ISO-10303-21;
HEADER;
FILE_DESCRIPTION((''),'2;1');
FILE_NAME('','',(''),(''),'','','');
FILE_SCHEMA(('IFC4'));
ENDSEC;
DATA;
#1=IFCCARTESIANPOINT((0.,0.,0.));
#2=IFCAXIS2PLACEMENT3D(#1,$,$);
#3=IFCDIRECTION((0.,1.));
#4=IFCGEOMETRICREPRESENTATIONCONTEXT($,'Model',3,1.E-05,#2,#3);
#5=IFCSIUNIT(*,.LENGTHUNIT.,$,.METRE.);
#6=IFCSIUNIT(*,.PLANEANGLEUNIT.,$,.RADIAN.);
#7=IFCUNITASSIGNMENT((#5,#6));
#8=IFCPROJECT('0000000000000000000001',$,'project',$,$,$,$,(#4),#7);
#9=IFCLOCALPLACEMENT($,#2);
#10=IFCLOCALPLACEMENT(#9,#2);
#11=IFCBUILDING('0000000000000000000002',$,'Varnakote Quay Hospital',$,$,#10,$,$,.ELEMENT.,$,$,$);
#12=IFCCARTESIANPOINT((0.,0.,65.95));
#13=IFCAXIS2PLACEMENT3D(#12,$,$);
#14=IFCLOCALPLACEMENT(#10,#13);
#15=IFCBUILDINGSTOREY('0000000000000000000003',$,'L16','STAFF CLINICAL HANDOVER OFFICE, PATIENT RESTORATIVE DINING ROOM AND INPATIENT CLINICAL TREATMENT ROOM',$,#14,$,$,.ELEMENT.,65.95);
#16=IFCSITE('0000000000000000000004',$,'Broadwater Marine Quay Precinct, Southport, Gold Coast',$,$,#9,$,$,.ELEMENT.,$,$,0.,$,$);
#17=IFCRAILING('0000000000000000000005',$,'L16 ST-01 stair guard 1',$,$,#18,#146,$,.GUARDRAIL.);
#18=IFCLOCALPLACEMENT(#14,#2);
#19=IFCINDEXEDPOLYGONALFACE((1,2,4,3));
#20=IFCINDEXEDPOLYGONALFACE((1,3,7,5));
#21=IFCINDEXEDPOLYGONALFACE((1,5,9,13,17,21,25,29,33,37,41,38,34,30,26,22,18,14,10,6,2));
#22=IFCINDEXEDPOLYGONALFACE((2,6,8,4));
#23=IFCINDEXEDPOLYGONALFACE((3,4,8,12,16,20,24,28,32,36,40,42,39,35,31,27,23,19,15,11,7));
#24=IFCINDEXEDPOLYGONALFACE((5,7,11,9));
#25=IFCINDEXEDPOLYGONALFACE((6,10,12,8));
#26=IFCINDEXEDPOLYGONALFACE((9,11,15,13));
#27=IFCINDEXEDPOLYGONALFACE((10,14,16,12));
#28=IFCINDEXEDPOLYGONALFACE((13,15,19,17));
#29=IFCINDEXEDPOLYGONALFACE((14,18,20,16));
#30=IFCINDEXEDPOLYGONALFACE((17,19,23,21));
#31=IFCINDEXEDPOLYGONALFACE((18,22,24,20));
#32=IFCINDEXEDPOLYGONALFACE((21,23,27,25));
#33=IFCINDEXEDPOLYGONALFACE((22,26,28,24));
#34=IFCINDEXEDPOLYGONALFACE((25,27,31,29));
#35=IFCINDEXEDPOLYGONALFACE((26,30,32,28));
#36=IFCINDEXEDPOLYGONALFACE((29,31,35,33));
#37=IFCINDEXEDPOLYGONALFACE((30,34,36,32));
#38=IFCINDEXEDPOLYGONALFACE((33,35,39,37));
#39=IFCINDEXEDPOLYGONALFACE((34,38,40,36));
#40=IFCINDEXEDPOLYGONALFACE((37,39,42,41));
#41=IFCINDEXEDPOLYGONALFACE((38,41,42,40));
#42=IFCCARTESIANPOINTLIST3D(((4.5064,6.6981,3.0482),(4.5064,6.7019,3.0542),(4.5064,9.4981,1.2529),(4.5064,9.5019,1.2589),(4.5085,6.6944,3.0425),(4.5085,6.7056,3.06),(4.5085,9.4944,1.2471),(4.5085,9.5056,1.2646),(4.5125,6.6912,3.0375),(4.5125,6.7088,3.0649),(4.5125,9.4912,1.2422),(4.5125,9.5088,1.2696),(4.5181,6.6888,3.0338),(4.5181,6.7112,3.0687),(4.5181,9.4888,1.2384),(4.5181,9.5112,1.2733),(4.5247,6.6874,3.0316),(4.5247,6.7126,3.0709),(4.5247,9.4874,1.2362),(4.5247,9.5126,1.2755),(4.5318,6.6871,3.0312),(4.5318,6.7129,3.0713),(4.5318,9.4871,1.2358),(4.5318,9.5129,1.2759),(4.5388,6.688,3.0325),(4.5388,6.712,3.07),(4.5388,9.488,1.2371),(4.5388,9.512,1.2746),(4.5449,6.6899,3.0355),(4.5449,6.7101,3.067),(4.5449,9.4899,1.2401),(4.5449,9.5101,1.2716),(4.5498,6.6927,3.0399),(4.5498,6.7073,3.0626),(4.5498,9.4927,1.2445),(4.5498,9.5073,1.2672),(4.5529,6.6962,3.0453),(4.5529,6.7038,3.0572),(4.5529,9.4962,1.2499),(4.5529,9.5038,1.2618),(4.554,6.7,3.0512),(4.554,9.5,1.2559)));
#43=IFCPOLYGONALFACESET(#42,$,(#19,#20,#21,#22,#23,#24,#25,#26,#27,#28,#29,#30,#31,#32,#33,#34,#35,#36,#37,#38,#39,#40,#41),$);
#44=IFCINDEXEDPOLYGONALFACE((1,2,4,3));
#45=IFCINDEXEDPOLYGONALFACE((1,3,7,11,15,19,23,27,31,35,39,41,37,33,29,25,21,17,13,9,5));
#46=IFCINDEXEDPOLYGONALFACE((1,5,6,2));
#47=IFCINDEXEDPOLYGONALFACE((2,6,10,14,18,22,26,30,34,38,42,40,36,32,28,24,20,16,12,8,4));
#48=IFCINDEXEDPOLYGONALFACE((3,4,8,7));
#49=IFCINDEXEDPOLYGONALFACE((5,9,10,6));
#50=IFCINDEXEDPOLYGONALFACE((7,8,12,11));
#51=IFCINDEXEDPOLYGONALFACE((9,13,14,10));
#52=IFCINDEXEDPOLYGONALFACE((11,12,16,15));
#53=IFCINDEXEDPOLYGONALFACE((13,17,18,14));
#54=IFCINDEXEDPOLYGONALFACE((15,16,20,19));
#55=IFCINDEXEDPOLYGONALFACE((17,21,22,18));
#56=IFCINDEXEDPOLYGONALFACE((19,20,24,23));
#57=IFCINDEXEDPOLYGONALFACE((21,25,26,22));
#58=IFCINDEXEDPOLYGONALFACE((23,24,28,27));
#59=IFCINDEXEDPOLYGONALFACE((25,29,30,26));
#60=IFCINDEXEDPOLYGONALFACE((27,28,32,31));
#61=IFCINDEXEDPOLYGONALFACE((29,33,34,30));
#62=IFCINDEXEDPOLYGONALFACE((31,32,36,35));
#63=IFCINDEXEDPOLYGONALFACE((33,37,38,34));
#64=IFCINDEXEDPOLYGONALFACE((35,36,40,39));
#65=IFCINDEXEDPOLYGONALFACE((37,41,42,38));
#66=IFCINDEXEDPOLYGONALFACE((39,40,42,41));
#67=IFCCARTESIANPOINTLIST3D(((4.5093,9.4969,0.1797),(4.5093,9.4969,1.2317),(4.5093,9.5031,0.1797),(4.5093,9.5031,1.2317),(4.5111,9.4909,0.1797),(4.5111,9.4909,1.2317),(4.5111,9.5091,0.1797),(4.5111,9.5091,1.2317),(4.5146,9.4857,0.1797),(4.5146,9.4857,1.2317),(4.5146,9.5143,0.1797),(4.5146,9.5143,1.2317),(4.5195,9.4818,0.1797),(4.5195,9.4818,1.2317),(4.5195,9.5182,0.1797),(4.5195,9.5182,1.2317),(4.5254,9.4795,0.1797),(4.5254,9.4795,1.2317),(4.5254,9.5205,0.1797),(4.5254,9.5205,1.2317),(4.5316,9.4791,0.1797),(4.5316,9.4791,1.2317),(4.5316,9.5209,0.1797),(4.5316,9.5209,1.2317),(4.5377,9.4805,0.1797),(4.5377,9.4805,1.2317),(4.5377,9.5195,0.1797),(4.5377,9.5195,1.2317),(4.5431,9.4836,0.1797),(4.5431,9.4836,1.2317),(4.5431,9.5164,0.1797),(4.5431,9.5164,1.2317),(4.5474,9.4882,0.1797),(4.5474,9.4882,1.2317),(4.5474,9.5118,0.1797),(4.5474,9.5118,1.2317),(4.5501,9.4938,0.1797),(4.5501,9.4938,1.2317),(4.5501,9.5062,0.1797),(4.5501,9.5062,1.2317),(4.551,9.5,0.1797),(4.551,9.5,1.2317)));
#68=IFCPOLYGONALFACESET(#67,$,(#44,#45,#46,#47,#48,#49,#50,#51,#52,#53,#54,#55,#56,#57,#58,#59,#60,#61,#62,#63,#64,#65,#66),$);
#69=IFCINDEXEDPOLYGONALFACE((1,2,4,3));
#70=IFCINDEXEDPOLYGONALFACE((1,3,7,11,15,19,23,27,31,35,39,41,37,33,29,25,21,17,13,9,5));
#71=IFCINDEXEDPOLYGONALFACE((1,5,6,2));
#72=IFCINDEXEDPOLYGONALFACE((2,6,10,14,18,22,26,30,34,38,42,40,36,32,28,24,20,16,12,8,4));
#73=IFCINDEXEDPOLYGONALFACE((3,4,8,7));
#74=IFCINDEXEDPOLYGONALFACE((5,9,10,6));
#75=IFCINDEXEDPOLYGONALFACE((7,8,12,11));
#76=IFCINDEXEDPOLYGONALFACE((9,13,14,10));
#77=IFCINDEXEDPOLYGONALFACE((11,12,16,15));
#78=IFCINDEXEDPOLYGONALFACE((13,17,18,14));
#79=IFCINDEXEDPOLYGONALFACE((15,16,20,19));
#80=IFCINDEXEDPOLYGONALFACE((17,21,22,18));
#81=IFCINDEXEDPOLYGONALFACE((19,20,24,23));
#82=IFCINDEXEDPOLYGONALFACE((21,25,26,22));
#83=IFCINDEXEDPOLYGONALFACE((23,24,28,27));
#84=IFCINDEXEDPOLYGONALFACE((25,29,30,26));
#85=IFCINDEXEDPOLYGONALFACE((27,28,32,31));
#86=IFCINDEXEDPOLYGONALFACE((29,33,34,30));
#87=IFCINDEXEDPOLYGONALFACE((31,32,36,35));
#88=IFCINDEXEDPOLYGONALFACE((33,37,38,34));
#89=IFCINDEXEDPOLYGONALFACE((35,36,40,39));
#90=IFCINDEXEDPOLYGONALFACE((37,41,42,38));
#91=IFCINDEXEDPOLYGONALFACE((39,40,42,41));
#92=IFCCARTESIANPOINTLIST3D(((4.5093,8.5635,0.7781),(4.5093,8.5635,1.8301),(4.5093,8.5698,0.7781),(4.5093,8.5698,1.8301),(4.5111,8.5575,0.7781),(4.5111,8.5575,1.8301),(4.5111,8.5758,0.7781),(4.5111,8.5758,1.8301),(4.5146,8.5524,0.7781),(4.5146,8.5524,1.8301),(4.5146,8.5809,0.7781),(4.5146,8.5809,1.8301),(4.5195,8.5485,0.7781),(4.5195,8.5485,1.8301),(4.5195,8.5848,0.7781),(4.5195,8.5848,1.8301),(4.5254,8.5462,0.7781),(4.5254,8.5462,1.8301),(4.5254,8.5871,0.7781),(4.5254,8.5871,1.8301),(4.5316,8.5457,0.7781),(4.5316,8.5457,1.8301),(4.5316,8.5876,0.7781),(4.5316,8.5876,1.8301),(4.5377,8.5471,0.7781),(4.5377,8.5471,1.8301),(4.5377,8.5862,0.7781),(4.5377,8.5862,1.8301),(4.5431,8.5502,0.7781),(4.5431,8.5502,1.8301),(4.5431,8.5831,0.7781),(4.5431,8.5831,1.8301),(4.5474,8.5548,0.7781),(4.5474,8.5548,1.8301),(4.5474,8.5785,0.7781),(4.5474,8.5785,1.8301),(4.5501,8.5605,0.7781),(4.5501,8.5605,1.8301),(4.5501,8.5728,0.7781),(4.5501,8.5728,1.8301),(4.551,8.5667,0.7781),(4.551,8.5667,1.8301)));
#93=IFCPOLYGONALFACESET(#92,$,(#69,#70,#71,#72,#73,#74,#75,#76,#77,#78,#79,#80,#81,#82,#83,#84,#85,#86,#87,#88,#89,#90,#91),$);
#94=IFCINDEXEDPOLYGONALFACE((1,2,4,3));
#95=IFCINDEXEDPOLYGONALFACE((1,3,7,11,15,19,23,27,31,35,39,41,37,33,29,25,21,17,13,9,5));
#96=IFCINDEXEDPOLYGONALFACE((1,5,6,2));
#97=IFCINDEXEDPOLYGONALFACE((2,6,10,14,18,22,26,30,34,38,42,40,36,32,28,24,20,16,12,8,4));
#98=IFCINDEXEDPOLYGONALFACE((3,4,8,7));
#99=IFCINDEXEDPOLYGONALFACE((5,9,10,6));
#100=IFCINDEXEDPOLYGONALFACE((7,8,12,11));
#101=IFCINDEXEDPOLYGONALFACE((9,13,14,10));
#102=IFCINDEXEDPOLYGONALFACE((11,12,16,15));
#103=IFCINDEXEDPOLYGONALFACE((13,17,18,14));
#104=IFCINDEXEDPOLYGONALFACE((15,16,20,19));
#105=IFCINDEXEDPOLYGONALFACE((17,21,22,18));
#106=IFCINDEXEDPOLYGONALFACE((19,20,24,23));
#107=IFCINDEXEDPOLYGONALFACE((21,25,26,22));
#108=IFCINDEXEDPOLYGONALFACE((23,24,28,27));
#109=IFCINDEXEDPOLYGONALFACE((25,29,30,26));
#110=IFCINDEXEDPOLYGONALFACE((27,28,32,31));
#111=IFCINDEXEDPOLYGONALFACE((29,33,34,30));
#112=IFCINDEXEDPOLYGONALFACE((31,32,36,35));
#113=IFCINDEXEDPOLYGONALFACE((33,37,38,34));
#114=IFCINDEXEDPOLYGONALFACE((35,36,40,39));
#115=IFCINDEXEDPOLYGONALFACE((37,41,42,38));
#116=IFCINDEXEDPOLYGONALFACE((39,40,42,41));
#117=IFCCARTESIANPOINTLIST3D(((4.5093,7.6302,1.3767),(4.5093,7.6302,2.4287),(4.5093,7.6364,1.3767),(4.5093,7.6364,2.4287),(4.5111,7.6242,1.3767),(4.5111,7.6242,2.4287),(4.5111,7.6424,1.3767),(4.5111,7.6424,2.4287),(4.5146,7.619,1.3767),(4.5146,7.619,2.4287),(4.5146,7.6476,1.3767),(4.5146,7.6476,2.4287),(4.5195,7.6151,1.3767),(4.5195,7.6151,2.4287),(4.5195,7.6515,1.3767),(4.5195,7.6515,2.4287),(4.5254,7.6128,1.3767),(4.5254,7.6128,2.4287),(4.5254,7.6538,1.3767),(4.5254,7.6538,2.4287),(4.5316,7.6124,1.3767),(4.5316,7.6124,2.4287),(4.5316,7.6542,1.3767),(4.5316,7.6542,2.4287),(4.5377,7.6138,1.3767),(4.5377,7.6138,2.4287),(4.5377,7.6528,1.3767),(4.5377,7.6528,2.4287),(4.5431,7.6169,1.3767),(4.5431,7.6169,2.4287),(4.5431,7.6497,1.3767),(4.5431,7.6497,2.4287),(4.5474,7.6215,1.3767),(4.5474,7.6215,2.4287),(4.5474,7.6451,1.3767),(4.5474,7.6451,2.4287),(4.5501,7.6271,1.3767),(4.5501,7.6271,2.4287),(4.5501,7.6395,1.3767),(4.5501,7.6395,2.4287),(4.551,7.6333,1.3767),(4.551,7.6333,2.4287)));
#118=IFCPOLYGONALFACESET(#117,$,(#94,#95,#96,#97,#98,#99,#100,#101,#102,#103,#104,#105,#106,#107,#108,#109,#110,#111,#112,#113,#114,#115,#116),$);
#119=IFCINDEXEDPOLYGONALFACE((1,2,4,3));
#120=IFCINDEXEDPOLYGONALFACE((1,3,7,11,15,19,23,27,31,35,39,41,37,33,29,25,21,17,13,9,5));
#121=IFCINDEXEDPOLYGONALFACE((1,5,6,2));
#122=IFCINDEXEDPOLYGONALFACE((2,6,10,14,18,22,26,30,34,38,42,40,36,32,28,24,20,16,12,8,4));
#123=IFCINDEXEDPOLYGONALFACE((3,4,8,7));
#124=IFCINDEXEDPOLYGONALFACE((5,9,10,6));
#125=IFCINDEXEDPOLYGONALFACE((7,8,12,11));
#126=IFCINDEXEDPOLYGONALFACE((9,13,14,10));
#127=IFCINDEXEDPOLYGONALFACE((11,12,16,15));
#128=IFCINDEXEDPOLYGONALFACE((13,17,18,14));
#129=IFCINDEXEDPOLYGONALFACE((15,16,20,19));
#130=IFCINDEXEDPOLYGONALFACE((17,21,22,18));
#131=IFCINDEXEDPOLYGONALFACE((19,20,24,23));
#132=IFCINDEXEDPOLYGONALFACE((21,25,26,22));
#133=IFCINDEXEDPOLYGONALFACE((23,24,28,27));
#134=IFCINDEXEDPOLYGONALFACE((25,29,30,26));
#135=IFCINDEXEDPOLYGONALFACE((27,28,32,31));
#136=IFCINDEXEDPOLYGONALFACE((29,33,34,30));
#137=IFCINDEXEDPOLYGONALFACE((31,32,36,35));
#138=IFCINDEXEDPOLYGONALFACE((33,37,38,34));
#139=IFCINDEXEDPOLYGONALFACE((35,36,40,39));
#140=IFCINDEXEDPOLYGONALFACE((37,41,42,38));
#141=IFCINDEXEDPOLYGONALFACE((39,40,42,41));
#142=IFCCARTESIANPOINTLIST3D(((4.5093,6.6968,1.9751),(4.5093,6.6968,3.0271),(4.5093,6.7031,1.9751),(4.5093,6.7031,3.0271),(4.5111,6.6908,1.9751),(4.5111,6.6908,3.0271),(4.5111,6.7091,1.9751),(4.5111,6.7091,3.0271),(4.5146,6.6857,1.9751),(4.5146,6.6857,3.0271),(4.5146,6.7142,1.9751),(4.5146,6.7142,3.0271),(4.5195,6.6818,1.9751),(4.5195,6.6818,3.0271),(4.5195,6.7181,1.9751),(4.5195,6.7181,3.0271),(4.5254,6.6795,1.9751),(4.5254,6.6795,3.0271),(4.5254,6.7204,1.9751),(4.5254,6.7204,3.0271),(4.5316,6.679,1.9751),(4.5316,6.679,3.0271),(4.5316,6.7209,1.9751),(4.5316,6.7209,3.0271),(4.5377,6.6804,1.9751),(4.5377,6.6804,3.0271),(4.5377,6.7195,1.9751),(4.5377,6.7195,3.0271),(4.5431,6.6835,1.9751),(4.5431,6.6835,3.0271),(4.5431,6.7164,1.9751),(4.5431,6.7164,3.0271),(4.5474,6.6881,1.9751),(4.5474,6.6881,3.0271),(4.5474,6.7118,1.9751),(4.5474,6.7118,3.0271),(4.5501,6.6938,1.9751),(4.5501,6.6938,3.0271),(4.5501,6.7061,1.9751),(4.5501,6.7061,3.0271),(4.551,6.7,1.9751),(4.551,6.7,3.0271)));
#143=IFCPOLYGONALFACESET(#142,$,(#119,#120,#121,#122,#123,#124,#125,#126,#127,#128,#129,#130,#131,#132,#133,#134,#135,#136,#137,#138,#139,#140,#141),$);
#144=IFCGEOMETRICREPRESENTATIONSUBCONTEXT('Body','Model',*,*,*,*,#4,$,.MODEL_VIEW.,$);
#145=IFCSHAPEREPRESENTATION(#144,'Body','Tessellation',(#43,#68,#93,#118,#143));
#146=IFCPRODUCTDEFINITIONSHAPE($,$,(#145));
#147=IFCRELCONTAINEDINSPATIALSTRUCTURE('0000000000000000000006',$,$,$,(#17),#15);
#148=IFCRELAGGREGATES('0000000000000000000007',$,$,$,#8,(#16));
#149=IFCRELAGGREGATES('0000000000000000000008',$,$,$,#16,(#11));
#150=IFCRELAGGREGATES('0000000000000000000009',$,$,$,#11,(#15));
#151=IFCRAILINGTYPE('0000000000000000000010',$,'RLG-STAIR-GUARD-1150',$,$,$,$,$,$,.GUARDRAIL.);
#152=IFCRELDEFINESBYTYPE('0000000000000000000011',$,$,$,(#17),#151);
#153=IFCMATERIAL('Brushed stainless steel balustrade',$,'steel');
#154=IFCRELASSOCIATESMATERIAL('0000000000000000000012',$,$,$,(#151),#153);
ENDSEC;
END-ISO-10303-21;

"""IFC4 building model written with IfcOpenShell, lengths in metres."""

from ifc_helpers import new_model, si_unit, direction, frame, origin, origin_2d, place, context, subcontext, project, spatial, circle, extrude, material, type_object, element, save


model = new_model("IFC4")

# Units and contexts
model_context = context("Model", 3, precision=1e-05, world=origin(), true_north=direction((0.0, 1.0)))
body_context = subcontext(model_context, "Body", "Model", "MODEL_VIEW")
ifc_project = project(units=[si_unit("LENGTHUNIT", "METRE"), si_unit("PLANEANGLEUNIT", "RADIAN")], contexts=[model_context])

# Site, building, storey
site_placement = place(None, origin())
site = spatial("IfcSite", under=ifc_project, at=site_placement, Name="Broadwater Marine Quay Precinct, Southport, Gold Coast", CompositionType="ELEMENT", RefElevation=0.0)
building_placement = place(site_placement, origin())
building = spatial("IfcBuilding", under=site, at=building_placement, Name="Varnakote Quay Hospital", CompositionType="ELEMENT")
storey_placement = place(building_placement, frame((0.0, 0.0, 65.95)))
storey = spatial("IfcBuildingStorey", under=building, at=storey_placement, Name="L16", Description="STAFF CLINICAL HANDOVER OFFICE, PATIENT RESTORATIVE DINING ROOM AND INPATIENT CLINICAL TREATMENT ROOM", CompositionType="ELEMENT", Elevation=65.95)

# Railing
ifc_material_1 = material(Name="Brushed stainless steel balustrade", Category="steel")
railing_type_1 = type_object("IfcRailingType", Name="RLG-STAIR-GUARD-1150", PredefinedType="GUARDRAIL", material=ifc_material_1)
railing_1_placement = place(storey_placement, frame((4.53, 9.5, 0.1797)))
element("IfcRailing", 1, at=railing_1_placement, inside=storey, type_object=railing_type_1, Name="L16 ST-01 stair guard 1", PredefinedType="GUARDRAIL", context=body_context, shape_type="SweptSolid", body=[
    extrude(circle(Radius=0.0239, at=origin_2d()), frame((0.0, 0.0, 1.0762), z_axis=(0.0, -0.84181, 0.539774), x_axis=(1.0, 0.0, 0.0)), (0.0, 0.0, 1.0), 3.3262),
    extrude(circle(Radius=0.021, at=origin_2d()), origin(), (0.0, 0.0, 1.0), 1.052),
    extrude(circle(Radius=0.021, at=origin_2d()), frame((0.0, -0.9333, 0.5984)), (0.0, 0.0, 1.0), 1.052),
    extrude(circle(Radius=0.021, at=origin_2d()), frame((0.0, -1.8667, 1.197)), (0.0, 0.0, 1.0), 1.052),
    extrude(circle(Radius=0.021, at=origin_2d()), frame((0.0, -2.8, 1.7954)), (0.0, 0.0, 1.0), 1.052),
])

save(model, "model.ifc")
